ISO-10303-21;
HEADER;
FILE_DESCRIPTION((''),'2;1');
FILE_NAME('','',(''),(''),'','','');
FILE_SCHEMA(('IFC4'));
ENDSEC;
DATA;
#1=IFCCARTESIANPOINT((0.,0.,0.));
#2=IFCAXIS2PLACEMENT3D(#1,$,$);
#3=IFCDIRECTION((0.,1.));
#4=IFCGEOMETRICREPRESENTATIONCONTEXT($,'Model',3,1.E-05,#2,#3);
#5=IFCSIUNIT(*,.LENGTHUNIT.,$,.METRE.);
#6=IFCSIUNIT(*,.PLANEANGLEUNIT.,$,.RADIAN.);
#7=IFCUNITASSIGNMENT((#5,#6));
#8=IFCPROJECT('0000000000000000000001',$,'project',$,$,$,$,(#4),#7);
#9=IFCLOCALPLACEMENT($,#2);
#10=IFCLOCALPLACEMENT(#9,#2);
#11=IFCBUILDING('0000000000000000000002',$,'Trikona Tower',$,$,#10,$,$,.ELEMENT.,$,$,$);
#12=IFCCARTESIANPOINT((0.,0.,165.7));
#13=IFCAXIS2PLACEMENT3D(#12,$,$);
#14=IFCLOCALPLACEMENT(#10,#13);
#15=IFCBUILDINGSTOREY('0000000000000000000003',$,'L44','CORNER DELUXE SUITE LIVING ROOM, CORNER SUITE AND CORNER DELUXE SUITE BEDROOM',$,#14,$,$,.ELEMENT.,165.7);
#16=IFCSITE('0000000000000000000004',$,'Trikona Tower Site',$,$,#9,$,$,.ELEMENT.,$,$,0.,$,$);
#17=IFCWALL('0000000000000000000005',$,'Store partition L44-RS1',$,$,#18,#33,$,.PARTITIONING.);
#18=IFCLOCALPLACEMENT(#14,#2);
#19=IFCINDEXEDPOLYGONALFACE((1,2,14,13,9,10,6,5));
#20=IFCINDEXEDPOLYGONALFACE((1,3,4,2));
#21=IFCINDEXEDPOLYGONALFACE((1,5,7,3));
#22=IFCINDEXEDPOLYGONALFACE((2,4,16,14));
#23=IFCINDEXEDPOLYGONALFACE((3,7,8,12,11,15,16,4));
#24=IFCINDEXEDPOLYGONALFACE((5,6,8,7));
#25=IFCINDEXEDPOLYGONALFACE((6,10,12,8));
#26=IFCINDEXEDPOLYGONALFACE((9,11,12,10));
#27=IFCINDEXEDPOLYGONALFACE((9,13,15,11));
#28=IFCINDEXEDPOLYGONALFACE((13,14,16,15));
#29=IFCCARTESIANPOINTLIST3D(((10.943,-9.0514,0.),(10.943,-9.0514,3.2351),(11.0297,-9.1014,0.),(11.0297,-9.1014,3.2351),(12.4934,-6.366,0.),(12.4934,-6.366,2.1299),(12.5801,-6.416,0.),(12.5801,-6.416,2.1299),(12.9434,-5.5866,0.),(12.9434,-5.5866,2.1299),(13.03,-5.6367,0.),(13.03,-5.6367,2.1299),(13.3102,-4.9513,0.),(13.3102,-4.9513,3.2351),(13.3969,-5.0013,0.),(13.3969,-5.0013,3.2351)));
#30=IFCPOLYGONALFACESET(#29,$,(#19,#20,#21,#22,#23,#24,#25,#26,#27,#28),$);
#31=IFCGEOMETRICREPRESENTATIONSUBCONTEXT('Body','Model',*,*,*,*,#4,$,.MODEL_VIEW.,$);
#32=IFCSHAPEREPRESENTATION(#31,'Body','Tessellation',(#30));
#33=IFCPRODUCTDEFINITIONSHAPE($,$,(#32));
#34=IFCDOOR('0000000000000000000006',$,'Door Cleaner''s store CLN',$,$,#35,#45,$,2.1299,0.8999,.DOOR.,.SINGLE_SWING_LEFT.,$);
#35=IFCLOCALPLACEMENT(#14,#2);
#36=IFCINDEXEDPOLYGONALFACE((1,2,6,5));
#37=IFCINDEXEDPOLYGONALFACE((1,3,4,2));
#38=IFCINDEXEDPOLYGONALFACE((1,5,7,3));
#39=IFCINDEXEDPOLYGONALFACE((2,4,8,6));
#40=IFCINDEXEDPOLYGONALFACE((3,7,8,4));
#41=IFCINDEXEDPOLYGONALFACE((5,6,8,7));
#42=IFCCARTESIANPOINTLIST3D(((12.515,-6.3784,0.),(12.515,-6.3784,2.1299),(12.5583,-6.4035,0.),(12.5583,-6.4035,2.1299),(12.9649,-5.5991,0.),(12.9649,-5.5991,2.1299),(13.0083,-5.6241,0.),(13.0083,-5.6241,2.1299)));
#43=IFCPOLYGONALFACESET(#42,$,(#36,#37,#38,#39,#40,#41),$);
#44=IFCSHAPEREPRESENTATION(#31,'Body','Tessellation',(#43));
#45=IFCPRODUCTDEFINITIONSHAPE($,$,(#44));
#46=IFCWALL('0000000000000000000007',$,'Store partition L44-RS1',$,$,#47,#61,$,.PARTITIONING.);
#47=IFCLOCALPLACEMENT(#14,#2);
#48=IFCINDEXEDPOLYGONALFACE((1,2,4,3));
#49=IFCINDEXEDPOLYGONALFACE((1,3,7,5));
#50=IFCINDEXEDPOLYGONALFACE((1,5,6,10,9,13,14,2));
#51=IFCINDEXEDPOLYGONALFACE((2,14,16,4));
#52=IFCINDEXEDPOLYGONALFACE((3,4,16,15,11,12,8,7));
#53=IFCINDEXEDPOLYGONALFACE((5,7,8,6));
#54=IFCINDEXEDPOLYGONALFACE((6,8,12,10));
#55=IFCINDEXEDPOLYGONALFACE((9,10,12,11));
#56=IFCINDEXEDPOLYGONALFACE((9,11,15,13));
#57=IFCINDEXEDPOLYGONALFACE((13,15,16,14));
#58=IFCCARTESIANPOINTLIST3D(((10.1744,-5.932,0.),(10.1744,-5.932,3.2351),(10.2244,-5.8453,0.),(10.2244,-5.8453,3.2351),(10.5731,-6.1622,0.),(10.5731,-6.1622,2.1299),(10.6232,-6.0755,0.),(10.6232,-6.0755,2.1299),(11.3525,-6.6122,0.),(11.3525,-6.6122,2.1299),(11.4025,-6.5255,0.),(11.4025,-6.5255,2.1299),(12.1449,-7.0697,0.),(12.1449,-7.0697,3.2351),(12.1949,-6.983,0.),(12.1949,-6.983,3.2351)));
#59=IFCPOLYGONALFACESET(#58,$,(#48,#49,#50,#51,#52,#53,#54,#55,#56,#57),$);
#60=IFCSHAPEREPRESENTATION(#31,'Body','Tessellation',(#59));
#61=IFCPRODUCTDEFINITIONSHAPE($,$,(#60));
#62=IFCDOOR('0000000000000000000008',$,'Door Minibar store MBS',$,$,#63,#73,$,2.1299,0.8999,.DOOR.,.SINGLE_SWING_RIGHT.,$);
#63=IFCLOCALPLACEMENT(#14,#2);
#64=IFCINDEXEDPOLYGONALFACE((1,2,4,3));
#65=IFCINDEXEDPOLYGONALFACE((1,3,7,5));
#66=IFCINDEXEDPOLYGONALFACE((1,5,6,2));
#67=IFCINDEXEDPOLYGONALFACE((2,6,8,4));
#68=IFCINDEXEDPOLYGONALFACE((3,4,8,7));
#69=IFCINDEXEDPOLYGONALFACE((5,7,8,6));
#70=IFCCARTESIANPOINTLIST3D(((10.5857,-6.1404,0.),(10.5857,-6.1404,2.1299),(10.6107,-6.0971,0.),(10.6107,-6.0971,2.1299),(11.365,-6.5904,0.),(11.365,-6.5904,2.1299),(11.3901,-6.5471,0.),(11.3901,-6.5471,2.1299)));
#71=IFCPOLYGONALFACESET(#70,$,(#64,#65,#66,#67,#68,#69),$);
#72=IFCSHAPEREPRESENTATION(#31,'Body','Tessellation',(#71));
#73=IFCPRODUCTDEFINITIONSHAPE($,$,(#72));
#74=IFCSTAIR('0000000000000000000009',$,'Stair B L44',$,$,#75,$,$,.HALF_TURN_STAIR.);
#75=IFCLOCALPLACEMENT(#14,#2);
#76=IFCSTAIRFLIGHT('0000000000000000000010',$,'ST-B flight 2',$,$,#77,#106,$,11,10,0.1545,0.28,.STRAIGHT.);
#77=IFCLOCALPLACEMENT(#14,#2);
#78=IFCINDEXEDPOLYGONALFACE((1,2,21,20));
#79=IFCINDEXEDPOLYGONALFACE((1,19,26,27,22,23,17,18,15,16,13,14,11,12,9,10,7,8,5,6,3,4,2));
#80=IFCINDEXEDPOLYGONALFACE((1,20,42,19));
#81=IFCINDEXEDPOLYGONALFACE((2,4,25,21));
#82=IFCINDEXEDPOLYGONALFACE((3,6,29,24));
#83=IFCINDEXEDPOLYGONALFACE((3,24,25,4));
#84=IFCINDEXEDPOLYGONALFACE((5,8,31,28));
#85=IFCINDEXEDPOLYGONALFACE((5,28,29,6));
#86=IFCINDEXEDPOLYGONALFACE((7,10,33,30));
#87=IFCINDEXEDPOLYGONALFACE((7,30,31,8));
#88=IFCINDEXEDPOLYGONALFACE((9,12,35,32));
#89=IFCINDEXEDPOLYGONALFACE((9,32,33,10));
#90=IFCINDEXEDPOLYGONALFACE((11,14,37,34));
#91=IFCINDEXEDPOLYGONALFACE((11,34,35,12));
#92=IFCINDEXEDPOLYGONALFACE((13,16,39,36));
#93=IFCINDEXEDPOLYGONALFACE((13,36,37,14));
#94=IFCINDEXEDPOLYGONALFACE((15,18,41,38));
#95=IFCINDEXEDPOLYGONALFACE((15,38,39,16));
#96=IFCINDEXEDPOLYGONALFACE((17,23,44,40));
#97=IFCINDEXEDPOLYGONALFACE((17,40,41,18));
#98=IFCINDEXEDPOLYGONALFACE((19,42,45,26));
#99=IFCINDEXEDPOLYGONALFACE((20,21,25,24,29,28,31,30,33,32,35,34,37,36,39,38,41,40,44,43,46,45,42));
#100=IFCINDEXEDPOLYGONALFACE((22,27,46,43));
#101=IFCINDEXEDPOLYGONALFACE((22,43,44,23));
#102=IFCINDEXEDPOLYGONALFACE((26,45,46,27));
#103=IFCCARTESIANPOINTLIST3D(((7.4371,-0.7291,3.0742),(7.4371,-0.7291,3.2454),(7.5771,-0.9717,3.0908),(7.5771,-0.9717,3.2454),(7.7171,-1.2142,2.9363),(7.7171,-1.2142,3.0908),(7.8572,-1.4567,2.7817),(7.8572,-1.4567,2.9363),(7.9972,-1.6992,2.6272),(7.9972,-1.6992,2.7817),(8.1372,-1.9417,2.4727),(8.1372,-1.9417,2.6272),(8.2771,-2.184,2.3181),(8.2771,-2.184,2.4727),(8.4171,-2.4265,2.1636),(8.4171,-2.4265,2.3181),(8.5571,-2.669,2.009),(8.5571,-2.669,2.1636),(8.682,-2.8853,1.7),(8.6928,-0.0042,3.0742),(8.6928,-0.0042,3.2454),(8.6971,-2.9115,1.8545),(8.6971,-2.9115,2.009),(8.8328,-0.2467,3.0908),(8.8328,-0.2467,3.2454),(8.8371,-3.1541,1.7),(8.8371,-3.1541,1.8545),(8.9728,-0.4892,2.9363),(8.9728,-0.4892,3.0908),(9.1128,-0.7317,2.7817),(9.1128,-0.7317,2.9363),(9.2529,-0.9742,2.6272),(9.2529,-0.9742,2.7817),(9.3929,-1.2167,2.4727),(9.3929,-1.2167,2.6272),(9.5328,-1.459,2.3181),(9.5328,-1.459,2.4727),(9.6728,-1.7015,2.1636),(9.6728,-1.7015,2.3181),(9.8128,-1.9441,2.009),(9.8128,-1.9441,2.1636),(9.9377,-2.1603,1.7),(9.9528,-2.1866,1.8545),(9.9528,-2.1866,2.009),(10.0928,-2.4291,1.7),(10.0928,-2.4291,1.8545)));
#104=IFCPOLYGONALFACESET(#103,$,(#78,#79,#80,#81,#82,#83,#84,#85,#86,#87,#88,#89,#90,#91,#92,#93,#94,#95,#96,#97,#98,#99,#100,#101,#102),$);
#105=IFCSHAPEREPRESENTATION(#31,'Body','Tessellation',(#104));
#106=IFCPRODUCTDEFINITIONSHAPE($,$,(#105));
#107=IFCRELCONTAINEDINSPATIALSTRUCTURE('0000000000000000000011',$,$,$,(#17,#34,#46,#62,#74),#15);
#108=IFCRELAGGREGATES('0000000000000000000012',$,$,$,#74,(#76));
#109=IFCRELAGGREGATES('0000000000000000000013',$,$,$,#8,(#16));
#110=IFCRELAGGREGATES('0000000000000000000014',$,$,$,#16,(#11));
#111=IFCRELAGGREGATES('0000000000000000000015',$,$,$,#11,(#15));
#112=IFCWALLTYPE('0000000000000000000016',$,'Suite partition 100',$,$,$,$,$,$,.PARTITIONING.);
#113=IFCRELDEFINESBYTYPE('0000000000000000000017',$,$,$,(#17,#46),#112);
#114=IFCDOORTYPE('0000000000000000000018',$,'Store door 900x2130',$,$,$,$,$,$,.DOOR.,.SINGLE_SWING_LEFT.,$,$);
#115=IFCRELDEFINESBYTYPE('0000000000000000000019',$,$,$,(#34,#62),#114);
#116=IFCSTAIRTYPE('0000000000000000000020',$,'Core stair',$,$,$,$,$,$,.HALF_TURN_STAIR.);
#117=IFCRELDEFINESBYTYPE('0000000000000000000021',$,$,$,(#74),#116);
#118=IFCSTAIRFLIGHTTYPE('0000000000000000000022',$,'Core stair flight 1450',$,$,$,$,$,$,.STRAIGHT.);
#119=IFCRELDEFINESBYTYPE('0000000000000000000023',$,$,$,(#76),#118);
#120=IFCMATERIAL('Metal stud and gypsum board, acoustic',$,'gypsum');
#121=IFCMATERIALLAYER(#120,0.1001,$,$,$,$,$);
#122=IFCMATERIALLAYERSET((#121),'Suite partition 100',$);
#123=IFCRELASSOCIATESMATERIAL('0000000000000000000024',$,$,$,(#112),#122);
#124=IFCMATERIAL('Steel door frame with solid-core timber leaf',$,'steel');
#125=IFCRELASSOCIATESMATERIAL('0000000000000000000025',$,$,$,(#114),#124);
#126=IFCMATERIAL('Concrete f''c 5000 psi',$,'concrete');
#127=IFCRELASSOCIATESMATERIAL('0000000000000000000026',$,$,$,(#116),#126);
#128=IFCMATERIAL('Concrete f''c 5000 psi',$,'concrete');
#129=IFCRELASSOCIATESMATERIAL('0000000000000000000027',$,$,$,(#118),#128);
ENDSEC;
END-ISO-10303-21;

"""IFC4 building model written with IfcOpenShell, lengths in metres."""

from ifc_helpers import new_model, si_unit, direction, frame, frame_2d, origin, place, context, subcontext, project, spatial, polyline, rectangle, outline, extrude, material, layer, layer_set, type_object, element, fill, aggregate, save


model = new_model("IFC4")

# Units and contexts
model_context = context("Model", 3, precision=1e-05, world=origin(), true_north=direction((0.0, 1.0)))
body_context = subcontext(model_context, "Body", "Model", "MODEL_VIEW")
ifc_project = project(units=[si_unit("LENGTHUNIT", "METRE"), si_unit("PLANEANGLEUNIT", "RADIAN")], contexts=[model_context])

# Site, building, storey
site_placement = place(None, origin())
site = spatial("IfcSite", under=ifc_project, at=site_placement, Name="Trikona Tower Site", CompositionType="ELEMENT", RefElevation=0.0)
building_placement = place(site_placement, origin())
building = spatial("IfcBuilding", under=site, at=building_placement, Name="Trikona Tower", CompositionType="ELEMENT")
storey_placement = place(building_placement, frame((0.0, 0.0, 165.7)))
storey = spatial("IfcBuildingStorey", under=building, at=storey_placement, Name="L44", Description="CORNER DELUXE SUITE LIVING ROOM, CORNER SUITE AND CORNER DELUXE SUITE BEDROOM", CompositionType="ELEMENT", Elevation=165.7)

# Walls, openings, doors
ifc_material_1 = material(Name="Metal stud and gypsum board, acoustic", Category="gypsum")
ifc_layer_1 = layer(ifc_material_1, 0.1001)
ifc_layer_set_1 = layer_set([ifc_layer_1], Name="Suite partition 100")
wall_type_1 = type_object("IfcWallType", Name="Suite partition 100", PredefinedType="PARTITIONING", material=ifc_layer_set_1)
wall_1_placement = place(storey_placement, frame((13.3535, -4.9763, 0.0), z_axis=(0.0, 0.0, 1.0), x_axis=(-0.499999, -0.866026, 0.0)))
wall_1 = element("IfcWall", 1, at=wall_1_placement, inside=storey, type_object=wall_type_1, Name="Store partition L44-RS1", PredefinedType="PARTITIONING", context=body_context, shape_type="SweptSolid", body=[
    extrude(rectangle(XDim=4.7344, YDim=0.1001, at=frame_2d((2.3672, 0.0))), origin(), (0.0, 0.0, 1.0), 3.2351),
])
opening_1_placement = place(wall_1_placement, frame((0.7336, 0.0, 0.0)))
opening_1 = element("IfcOpeningElement", 2, at=opening_1_placement, cuts=wall_1, PredefinedType="OPENING", context=body_context, shape_type="SweptSolid", body=[
    extrude(rectangle(XDim=0.8999, YDim=2.1299, at=frame_2d((0.45, 1.0649))), frame((0.0, 0.0601, 0.0), z_axis=(0.0, -1.0, 0.0), x_axis=(1.0, 0.0, 0.0)), (0.0, 0.0, 1.0), 0.1201),
])
ifc_material_2 = material(Name="Steel door frame with solid-core timber leaf", Category="steel")
door_type_1 = type_object("IfcDoorType", Name="Store door 900x2130", OperationType="SINGLE_SWING_LEFT", PredefinedType="DOOR", material=ifc_material_2)
door_1_placement = place(opening_1_placement, origin())
door_1 = element("IfcDoor", 3, at=door_1_placement, inside=storey, type_object=door_type_1, Name="Door Cleaner's store CLN", OperationType="SINGLE_SWING_LEFT", OverallHeight=2.1299, OverallWidth=0.8999, PredefinedType="DOOR", context=body_context, shape_type="SweptSolid", body=[
    extrude(rectangle(XDim=0.8999, YDim=2.1299, at=frame_2d((0.45, 1.0649))), frame((0.0, 0.0249, 0.0), z_axis=(0.0, -1.0, 0.0), x_axis=(1.0, 0.0, 0.0)), (0.0, 0.0, 1.0), 0.05),
])
fill(opening_1, door_1)
wall_2_placement = place(storey_placement, frame((12.1699, -7.0264, 0.0), z_axis=(0.0, 0.0, 1.0), x_axis=(-0.866016, 0.500017, 0.0)))
wall_2 = element("IfcWall", 4, at=wall_2_placement, inside=storey, type_object=wall_type_1, Name="Store partition L44-RS1", PredefinedType="PARTITIONING", context=body_context, shape_type="SweptSolid", body=[
    extrude(rectangle(XDim=2.2754, YDim=0.1001, at=frame_2d((1.1377, 0.0))), origin(), (0.0, 0.0, 1.0), 3.2351),
])
opening_2_placement = place(wall_2_placement, frame((0.915, 0.0, 0.0)))
opening_2 = element("IfcOpeningElement", 5, at=opening_2_placement, cuts=wall_2, PredefinedType="OPENING", context=body_context, shape_type="SweptSolid", body=[
    extrude(rectangle(XDim=0.8999, YDim=2.1299, at=frame_2d((0.45, 1.0649))), frame((0.0, 0.0601, 0.0), z_axis=(0.0, -1.0, 0.0), x_axis=(1.0, 0.0, 0.0)), (0.0, 0.0, 1.0), 0.1201),
])
door_2_placement = place(opening_2_placement, origin())
door_2 = element("IfcDoor", 6, at=door_2_placement, inside=storey, type_object=door_type_1, Name="Door Minibar store MBS", OperationType="SINGLE_SWING_RIGHT", OverallHeight=2.1299, OverallWidth=0.8999, PredefinedType="DOOR", context=body_context, shape_type="SweptSolid", body=[
    extrude(rectangle(XDim=0.8999, YDim=2.1299, at=frame_2d((0.45, 1.0649))), frame((0.0, 0.0249, 0.0), z_axis=(0.0, -1.0, 0.0), x_axis=(1.0, 0.0, 0.0)), (0.0, 0.0, 1.0), 0.05),
])
fill(opening_2, door_2)

# Stair, stair flight
ifc_material_3 = material(Name="Concrete f'c 5000 psi", Category="concrete")
stair_type = type_object("IfcStairType", Name="Core stair", PredefinedType="HALF_TURN_STAIR", material=ifc_material_3)
stair_placement = place(storey_placement, origin())
stair = element("IfcStair", 7, at=stair_placement, inside=storey, type_object=stair_type, Name="Stair B L44", PredefinedType="HALF_TURN_STAIR")
ifc_material_4 = material(Name="Concrete f'c 5000 psi", Category="concrete")
stair_flight_type = type_object("IfcStairFlightType", Name="Core stair flight 1450", PredefinedType="STRAIGHT", material=ifc_material_4)
stair_flight_placement = place(storey_placement, frame((9.4651, -2.7915, 1.7), z_axis=(0.0, 0.0, 1.0), x_axis=(-0.5, 0.866025, 0.0)))
stair_flight = element("IfcStairFlight", 8, at=stair_flight_placement, type_object=stair_flight_type, Name="ST-B flight 2", NumberOfRisers=11, NumberOfTreads=10, PredefinedType="STRAIGHT", RiserHeight=0.1545, TreadLength=0.28, context=body_context, shape_type="SweptSolid", body=[
    extrude(outline(polyline([(0.0, 0.0), (0.0, 0.1545), (0.28, 0.1545), (0.28, 0.3091), (0.5601, 0.3091), (0.5601, 0.4636), (0.8401, 0.4636), (0.8401, 0.6182), (1.1201, 0.6182), (1.1201, 0.7727), (1.3999, 0.7727), (1.3999, 0.9272), (1.6799, 0.9272), (1.6799, 1.0818), (1.96, 1.0818), (1.96, 1.2363), (2.24, 1.2363), (2.24, 1.3909), (2.52, 1.3909), (2.52, 1.5454), (2.8, 1.5454), (2.8, 1.7), (2.8, 1.3743), (0.3103, 0.0), (0.0, 0.0)])), frame((0.0, 0.7251, 0.0), z_axis=(0.0, -1.0, 0.0), x_axis=(1.0, 0.0, 0.0)), (0.0, 0.0, 1.0), 1.45),
])
aggregate(stair, [stair_flight])

save(model, "model.ifc")
